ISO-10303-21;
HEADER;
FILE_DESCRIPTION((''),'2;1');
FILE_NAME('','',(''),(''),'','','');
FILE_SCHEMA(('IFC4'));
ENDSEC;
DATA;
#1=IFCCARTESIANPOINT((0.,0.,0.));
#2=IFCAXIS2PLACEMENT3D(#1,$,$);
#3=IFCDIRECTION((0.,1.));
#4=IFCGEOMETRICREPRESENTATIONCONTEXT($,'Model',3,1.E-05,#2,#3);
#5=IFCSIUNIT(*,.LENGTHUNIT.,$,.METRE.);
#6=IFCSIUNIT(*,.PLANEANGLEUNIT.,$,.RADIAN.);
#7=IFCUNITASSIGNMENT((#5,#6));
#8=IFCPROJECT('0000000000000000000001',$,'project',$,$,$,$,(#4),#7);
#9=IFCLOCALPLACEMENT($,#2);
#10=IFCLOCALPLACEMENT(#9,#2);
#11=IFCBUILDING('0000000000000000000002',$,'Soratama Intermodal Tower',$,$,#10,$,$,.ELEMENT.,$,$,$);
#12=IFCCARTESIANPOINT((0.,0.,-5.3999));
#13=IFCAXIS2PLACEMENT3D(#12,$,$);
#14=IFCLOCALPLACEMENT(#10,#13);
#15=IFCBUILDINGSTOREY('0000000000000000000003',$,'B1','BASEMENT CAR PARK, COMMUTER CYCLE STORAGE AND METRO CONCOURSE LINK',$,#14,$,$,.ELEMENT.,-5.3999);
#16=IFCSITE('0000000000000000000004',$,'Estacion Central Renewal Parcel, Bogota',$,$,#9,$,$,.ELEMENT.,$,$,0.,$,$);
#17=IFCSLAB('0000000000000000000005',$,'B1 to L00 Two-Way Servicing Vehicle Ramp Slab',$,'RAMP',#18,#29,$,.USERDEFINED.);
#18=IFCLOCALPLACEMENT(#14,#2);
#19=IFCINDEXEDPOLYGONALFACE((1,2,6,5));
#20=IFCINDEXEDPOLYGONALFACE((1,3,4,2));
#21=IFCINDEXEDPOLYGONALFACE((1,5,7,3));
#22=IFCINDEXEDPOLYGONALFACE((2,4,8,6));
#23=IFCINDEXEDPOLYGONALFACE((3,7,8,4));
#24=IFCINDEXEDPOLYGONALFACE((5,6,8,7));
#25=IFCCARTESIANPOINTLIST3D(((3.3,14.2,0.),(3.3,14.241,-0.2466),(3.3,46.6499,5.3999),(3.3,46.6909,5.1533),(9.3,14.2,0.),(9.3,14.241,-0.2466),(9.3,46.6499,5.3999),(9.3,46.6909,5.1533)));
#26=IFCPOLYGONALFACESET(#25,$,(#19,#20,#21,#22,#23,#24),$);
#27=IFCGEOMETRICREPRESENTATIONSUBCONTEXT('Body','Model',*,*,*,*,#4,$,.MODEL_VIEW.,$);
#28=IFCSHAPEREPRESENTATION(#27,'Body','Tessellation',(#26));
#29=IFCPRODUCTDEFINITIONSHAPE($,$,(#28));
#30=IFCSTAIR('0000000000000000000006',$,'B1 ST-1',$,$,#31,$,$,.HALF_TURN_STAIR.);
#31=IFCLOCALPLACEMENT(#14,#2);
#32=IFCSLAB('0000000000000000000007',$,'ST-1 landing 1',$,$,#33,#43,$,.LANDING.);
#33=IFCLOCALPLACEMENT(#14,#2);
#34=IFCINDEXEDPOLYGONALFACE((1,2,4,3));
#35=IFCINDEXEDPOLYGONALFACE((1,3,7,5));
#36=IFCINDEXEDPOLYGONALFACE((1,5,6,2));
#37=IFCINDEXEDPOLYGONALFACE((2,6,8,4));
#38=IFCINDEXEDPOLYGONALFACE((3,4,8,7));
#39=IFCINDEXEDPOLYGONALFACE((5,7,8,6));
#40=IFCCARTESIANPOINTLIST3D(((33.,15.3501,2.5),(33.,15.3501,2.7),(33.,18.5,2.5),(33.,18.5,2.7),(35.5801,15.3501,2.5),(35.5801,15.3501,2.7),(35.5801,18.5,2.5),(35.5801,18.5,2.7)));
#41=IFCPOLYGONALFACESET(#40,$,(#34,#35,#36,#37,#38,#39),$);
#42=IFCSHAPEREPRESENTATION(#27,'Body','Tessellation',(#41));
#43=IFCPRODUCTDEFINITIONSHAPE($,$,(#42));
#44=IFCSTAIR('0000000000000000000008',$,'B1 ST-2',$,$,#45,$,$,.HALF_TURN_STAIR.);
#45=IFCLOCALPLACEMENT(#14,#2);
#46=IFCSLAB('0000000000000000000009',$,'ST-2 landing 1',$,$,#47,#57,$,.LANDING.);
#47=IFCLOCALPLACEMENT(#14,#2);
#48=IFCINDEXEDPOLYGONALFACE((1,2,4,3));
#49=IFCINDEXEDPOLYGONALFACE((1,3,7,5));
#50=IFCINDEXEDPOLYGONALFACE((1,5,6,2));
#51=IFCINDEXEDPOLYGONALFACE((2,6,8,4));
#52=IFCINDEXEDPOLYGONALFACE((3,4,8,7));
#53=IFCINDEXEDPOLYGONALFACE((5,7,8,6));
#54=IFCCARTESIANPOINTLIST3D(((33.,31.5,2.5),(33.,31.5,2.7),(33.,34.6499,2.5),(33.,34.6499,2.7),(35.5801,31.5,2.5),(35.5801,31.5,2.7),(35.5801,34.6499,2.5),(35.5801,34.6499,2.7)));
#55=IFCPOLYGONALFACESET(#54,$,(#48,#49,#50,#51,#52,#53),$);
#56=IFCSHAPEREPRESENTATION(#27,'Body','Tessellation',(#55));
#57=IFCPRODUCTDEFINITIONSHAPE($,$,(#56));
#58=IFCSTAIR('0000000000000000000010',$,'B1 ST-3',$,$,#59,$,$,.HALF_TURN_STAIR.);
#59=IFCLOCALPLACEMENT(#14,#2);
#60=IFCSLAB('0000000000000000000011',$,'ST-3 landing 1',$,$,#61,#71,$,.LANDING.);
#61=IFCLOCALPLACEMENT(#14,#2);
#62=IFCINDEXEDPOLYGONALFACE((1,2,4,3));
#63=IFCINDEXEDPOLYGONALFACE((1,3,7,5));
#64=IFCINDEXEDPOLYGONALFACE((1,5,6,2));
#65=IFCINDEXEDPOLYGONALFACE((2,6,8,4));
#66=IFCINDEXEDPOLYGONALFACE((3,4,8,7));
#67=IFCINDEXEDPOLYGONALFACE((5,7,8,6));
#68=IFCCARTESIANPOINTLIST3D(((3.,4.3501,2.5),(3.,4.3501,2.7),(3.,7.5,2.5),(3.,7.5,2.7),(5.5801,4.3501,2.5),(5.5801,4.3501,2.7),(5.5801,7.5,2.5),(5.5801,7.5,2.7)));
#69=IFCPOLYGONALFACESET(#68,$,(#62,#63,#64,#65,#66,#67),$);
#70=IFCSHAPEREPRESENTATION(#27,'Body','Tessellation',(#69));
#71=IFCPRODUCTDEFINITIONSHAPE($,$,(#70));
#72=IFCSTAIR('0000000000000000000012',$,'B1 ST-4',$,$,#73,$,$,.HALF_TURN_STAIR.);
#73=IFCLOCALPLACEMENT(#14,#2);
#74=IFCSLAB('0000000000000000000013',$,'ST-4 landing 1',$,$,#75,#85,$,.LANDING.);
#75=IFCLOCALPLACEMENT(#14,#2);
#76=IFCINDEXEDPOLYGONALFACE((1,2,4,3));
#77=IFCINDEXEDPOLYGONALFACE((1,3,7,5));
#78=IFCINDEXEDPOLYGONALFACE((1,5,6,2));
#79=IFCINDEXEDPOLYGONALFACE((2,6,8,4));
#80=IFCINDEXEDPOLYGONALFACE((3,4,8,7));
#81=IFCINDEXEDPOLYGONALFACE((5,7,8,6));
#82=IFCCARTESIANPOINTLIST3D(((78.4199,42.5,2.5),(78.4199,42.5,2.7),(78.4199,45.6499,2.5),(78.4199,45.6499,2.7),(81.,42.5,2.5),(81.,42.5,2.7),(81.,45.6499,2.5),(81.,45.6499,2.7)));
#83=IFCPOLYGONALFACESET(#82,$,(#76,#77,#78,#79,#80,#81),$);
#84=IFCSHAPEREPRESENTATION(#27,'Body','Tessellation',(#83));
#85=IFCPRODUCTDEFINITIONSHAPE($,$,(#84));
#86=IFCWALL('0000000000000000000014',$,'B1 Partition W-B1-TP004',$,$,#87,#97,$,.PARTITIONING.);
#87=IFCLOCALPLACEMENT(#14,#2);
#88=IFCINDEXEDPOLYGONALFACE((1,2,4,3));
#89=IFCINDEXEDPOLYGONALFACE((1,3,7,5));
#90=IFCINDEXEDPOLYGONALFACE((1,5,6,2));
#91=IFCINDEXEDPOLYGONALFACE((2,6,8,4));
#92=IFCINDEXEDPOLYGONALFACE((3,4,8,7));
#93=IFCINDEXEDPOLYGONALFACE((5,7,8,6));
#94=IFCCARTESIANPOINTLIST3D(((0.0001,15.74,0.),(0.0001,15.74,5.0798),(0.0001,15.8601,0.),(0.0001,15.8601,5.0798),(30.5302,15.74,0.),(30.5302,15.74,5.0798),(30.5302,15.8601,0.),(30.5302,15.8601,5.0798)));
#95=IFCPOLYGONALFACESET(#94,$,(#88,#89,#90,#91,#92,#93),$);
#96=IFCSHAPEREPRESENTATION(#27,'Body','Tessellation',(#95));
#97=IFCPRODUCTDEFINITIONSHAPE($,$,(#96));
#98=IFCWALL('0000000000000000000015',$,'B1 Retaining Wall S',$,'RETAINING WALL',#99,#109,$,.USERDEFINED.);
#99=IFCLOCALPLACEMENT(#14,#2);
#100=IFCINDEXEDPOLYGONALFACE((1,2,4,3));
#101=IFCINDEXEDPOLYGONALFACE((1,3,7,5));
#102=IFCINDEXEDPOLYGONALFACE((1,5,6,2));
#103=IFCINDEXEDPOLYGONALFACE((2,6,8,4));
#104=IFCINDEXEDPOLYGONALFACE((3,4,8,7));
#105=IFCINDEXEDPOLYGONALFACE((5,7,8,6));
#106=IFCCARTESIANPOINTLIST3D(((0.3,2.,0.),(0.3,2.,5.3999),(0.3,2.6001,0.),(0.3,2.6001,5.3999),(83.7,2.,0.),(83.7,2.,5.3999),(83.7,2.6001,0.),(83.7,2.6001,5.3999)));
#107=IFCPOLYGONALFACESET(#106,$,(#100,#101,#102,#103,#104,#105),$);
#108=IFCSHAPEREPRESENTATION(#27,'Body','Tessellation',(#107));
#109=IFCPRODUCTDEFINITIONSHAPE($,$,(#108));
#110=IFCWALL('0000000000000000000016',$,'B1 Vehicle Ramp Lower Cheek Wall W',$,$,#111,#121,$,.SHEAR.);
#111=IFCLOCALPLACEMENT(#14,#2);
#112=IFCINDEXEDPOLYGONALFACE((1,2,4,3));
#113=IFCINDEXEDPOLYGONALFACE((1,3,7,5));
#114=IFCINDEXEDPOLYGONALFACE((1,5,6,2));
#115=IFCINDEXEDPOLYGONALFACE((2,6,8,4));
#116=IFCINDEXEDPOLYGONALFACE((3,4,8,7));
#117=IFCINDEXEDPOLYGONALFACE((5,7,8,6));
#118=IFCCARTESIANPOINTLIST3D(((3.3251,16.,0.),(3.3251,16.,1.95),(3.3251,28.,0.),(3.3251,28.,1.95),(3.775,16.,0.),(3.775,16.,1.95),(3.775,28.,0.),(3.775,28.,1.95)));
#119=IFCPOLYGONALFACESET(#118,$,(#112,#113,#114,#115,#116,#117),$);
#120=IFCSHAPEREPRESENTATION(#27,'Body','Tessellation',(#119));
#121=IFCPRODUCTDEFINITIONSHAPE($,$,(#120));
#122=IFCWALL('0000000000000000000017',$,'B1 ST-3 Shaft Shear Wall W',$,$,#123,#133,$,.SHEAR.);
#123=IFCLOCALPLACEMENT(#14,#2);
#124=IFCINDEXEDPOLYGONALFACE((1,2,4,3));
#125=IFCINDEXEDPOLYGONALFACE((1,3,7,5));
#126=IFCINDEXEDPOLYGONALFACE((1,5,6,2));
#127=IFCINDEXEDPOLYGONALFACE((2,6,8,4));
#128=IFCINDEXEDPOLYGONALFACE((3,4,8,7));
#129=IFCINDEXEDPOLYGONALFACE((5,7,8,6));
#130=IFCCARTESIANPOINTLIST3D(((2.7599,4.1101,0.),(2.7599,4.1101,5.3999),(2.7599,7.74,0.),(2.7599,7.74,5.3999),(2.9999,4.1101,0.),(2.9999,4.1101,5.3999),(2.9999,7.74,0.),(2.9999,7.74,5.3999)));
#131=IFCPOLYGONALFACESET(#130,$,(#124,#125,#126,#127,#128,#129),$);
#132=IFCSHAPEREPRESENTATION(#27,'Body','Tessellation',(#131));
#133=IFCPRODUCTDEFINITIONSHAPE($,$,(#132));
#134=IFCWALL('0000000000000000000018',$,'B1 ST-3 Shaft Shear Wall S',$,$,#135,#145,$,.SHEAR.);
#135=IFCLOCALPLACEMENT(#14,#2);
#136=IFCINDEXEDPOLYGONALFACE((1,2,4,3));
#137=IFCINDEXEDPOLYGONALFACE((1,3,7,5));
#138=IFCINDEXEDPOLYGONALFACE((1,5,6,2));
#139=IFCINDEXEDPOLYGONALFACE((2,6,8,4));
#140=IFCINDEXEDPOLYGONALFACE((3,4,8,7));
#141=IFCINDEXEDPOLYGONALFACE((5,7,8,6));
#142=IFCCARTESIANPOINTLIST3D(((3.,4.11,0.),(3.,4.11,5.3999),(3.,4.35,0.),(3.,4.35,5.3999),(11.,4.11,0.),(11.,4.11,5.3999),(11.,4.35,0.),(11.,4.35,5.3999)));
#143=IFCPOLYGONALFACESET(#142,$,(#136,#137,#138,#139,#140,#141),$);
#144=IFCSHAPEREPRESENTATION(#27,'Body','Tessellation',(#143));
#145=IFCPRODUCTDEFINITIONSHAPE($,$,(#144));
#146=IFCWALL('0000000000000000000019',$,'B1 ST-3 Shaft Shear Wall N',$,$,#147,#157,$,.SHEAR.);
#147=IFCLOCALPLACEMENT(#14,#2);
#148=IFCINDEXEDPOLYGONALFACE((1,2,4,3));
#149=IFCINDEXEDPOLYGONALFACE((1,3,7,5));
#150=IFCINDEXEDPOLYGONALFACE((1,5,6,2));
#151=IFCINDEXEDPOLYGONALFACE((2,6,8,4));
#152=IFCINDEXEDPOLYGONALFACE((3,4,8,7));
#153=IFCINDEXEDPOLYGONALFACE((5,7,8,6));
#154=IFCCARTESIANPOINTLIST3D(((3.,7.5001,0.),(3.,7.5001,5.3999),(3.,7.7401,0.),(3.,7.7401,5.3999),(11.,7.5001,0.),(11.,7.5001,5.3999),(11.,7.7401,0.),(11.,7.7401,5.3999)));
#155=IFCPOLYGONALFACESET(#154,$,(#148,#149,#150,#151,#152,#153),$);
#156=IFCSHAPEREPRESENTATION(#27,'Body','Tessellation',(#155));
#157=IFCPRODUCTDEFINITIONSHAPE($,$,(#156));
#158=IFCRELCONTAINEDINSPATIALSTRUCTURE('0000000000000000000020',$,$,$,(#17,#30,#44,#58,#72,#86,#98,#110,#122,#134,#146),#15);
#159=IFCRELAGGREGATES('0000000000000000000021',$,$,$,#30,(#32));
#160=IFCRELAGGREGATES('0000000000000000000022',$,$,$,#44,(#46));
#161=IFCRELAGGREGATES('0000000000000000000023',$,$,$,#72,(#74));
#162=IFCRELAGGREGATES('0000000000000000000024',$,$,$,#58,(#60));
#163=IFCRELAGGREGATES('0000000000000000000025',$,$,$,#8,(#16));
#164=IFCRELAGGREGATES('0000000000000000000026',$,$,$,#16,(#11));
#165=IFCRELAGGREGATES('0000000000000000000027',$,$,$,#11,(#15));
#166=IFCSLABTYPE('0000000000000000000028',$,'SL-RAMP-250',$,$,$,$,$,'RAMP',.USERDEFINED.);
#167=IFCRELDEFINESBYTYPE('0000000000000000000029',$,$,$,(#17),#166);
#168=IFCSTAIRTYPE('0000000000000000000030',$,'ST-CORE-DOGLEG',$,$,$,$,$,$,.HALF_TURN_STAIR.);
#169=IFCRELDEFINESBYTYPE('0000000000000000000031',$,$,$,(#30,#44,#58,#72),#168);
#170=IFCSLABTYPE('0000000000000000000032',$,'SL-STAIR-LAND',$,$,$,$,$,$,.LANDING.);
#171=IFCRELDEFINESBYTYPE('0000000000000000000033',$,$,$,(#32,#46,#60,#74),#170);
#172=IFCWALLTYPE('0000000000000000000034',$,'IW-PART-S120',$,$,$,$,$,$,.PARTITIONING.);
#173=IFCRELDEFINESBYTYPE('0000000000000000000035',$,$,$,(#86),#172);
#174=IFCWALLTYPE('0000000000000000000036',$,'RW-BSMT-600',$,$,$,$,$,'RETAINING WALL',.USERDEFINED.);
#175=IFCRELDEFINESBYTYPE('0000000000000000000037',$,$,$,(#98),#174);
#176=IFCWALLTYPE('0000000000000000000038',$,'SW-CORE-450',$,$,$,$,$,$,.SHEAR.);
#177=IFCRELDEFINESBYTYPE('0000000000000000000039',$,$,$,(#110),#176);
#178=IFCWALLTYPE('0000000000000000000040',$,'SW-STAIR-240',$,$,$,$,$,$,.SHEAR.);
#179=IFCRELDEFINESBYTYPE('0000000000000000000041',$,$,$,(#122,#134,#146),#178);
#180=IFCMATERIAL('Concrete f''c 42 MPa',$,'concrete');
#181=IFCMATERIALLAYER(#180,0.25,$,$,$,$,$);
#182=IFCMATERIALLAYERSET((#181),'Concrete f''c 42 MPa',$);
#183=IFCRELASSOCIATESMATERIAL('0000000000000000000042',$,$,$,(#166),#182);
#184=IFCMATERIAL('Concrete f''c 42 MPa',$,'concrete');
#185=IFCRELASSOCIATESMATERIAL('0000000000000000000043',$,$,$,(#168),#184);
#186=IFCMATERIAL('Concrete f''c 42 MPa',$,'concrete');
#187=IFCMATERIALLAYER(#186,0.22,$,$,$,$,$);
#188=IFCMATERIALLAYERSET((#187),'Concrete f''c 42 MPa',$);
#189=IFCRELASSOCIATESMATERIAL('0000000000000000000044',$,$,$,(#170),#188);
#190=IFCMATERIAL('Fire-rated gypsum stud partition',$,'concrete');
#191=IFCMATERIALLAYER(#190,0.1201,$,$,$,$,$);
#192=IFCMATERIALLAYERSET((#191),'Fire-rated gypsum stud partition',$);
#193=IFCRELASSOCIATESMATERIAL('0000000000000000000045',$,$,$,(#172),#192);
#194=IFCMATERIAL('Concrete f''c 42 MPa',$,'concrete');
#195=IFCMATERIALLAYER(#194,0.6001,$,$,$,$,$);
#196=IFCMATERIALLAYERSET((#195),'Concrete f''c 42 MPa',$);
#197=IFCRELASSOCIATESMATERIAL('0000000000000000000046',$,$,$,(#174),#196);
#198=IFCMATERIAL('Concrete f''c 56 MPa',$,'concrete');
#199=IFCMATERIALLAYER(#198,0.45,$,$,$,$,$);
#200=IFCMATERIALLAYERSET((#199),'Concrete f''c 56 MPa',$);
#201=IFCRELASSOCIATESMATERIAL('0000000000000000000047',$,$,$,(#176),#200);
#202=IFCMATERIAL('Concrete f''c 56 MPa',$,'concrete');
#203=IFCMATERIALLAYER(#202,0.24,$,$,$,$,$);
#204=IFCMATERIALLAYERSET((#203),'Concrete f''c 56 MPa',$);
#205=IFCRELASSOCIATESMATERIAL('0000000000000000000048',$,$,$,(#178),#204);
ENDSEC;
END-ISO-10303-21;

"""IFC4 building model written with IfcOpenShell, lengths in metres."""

from ifc_helpers import new_model, si_unit, direction, frame, frame_2d, origin, place, context, subcontext, project, spatial, polyline, rectangle, outline, extrude, material, layer, layer_set, type_object, element, aggregate, save


model = new_model("IFC4")

# Units and contexts
model_context = context("Model", 3, precision=1e-05, world=origin(), true_north=direction((0.0, 1.0)))
body_context = subcontext(model_context, "Body", "Model", "MODEL_VIEW")
ifc_project = project(units=[si_unit("LENGTHUNIT", "METRE"), si_unit("PLANEANGLEUNIT", "RADIAN")], contexts=[model_context])

# Site, building, storey
site_placement = place(None, origin())
site = spatial("IfcSite", under=ifc_project, at=site_placement, Name="Estacion Central Renewal Parcel, Bogota", CompositionType="ELEMENT", RefElevation=0.0)
building_placement = place(site_placement, origin())
building = spatial("IfcBuilding", under=site, at=building_placement, Name="Soratama Intermodal Tower", CompositionType="ELEMENT")
storey_placement = place(building_placement, frame((0.0, 0.0, -5.3999)))
storey = spatial("IfcBuildingStorey", under=building, at=storey_placement, Name="B1", Description="BASEMENT CAR PARK, COMMUTER CYCLE STORAGE AND METRO CONCOURSE LINK", CompositionType="ELEMENT", Elevation=-5.3999)

# Slab
ifc_material_1 = material(Name="Concrete f'c 42 MPa", Category="concrete")
ifc_layer_1 = layer(ifc_material_1, 0.25)
ifc_layer_set_1 = layer_set([ifc_layer_1], Name="Concrete f'c 42 MPa")
slab_type_1 = type_object("IfcSlabType", Name="SL-RAMP-250", ElementType="RAMP", PredefinedType="USERDEFINED", material=ifc_layer_set_1)
slab_1_placement = place(storey_placement, frame((3.3, 14.2, 0.0), z_axis=(0.0, -0.16415, 0.986435), x_axis=(1.0, 0.0, 0.0)))
element("IfcSlab", 1, at=slab_1_placement, inside=storey, type_object=slab_type_1, Name="B1 to L00 Two-Way Servicing Vehicle Ramp Slab", ObjectType="RAMP", PredefinedType="USERDEFINED", context=body_context, shape_type="SweptSolid", body=[
    extrude(outline(polyline([(0.0, 0.0), (6.0, 0.0), (6.0, 32.8962), (0.0, 32.8962), (0.0, 0.0)])), origin(), (0.0, 0.0, -1.0), 0.25),
])

# Stairs, slabs
ifc_material_2 = material(Name="Concrete f'c 42 MPa", Category="concrete")
stair_type = type_object("IfcStairType", Name="ST-CORE-DOGLEG", PredefinedType="HALF_TURN_STAIR", material=ifc_material_2)
stair_1_placement = place(storey_placement, origin())
stair_1 = element("IfcStair", 2, at=stair_1_placement, inside=storey, type_object=stair_type, Name="B1 ST-1", PredefinedType="HALF_TURN_STAIR")
ifc_material_3 = material(Name="Concrete f'c 42 MPa", Category="concrete")
ifc_layer_2 = layer(ifc_material_3, 0.22)
ifc_layer_set_2 = layer_set([ifc_layer_2], Name="Concrete f'c 42 MPa")
slab_type_2 = type_object("IfcSlabType", Name="SL-STAIR-LAND", PredefinedType="LANDING", material=ifc_layer_set_2)
slab_2_placement = place(storey_placement, frame((0.0, 0.0, 2.5)))
slab_2 = element("IfcSlab", 3, at=slab_2_placement, type_object=slab_type_2, Name="ST-1 landing 1", PredefinedType="LANDING", context=body_context, shape_type="SweptSolid", body=[
    extrude(outline(polyline([(35.5801, 18.5), (33.0, 18.5), (33.0, 15.3501), (35.5801, 15.3501), (35.5801, 18.5)])), origin(), (0.0, 0.0, 1.0), 0.2),
])
aggregate(stair_1, [slab_2])
stair_2_placement = place(storey_placement, origin())
stair_2 = element("IfcStair", 4, at=stair_2_placement, inside=storey, type_object=stair_type, Name="B1 ST-2", PredefinedType="HALF_TURN_STAIR")
slab_3_placement = place(storey_placement, frame((0.0, 0.0, 2.5)))
slab_3 = element("IfcSlab", 5, at=slab_3_placement, type_object=slab_type_2, Name="ST-2 landing 1", PredefinedType="LANDING", context=body_context, shape_type="SweptSolid", body=[
    extrude(outline(polyline([(35.5801, 34.6499), (33.0, 34.6499), (33.0, 31.5), (35.5801, 31.5), (35.5801, 34.6499)])), origin(), (0.0, 0.0, 1.0), 0.2),
])
aggregate(stair_2, [slab_3])
stair_3_placement = place(storey_placement, origin())
stair_3 = element("IfcStair", 6, at=stair_3_placement, inside=storey, type_object=stair_type, Name="B1 ST-3", PredefinedType="HALF_TURN_STAIR")
slab_4_placement = place(storey_placement, frame((0.0, 0.0, 2.5)))
slab_4 = element("IfcSlab", 7, at=slab_4_placement, type_object=slab_type_2, Name="ST-3 landing 1", PredefinedType="LANDING", context=body_context, shape_type="SweptSolid", body=[
    extrude(outline(polyline([(5.5801, 7.5), (3.0, 7.5), (3.0, 4.3501), (5.5801, 4.3501), (5.5801, 7.5)])), origin(), (0.0, 0.0, 1.0), 0.2),
])
stair_4_placement = place(storey_placement, origin())
stair_4 = element("IfcStair", 8, at=stair_4_placement, inside=storey, type_object=stair_type, Name="B1 ST-4", PredefinedType="HALF_TURN_STAIR")
slab_5_placement = place(storey_placement, frame((0.0, 0.0, 2.5)))
slab_5 = element("IfcSlab", 9, at=slab_5_placement, type_object=slab_type_2, Name="ST-4 landing 1", PredefinedType="LANDING", context=body_context, shape_type="SweptSolid", body=[
    extrude(outline(polyline([(78.4199, 42.5), (81.0, 42.5), (81.0, 45.6499), (78.4199, 45.6499), (78.4199, 42.5)])), origin(), (0.0, 0.0, 1.0), 0.2),
])
aggregate(stair_4, [slab_5])

# Walls
ifc_material_4 = material(Name="Fire-rated gypsum stud partition", Category="concrete")
ifc_layer_3 = layer(ifc_material_4, 0.1201)
ifc_layer_set_3 = layer_set([ifc_layer_3], Name="Fire-rated gypsum stud partition")
wall_type_1 = type_object("IfcWallType", Name="IW-PART-S120", PredefinedType="PARTITIONING", material=ifc_layer_set_3)
wall_1_placement = place(storey_placement, frame((0.0, 15.8, 0.0), z_axis=(0.0, 0.0, 1.0), x_axis=(1.0, 0.0, 0.0)))
element("IfcWall", 10, at=wall_1_placement, inside=storey, type_object=wall_type_1, Name="B1 Partition W-B1-TP004", PredefinedType="PARTITIONING", context=body_context, shape_type="SweptSolid", body=[
    extrude(rectangle(XDim=30.53, YDim=0.1201, at=frame_2d((15.2651, 0.0))), origin(), (0.0, 0.0, 1.0), 5.0798),
])
ifc_material_5 = material(Name="Concrete f'c 42 MPa", Category="concrete")
ifc_layer_4 = layer(ifc_material_5, 0.6001)
ifc_layer_set_4 = layer_set([ifc_layer_4], Name="Concrete f'c 42 MPa")
wall_type_2 = type_object("IfcWallType", Name="RW-BSMT-600", ElementType="RETAINING WALL", PredefinedType="USERDEFINED", material=ifc_layer_set_4)
wall_2_placement = place(storey_placement, frame((0.3, 2.3, 0.0), z_axis=(0.0, 0.0, 1.0), x_axis=(1.0, 0.0, 0.0)))
element("IfcWall", 11, at=wall_2_placement, inside=storey, type_object=wall_type_2, Name="B1 Retaining Wall S", ObjectType="RETAINING WALL", PredefinedType="USERDEFINED", context=body_context, shape_type="SweptSolid", body=[
    extrude(rectangle(XDim=83.3999, YDim=0.6001, at=frame_2d((41.7, 0.0))), origin(), (0.0, 0.0, 1.0), 5.3999),
])
ifc_material_6 = material(Name="Concrete f'c 56 MPa", Category="concrete")
ifc_layer_5 = layer(ifc_material_6, 0.45)
ifc_layer_set_5 = layer_set([ifc_layer_5], Name="Concrete f'c 56 MPa")
wall_type_3 = type_object("IfcWallType", Name="SW-CORE-450", PredefinedType="SHEAR", material=ifc_layer_set_5)
wall_3_placement = place(storey_placement, frame((3.55, 16.0, 0.0), z_axis=(0.0, 0.0, 1.0), x_axis=(0.0, 1.0, 0.0)))
element("IfcWall", 12, at=wall_3_placement, inside=storey, type_object=wall_type_3, Name="B1 Vehicle Ramp Lower Cheek Wall W", PredefinedType="SHEAR", context=body_context, shape_type="SweptSolid", body=[
    extrude(rectangle(XDim=12.0, YDim=0.45, at=frame_2d((6.0, 0.0))), origin(), (0.0, 0.0, 1.0), 1.95),
])
ifc_material_7 = material(Name="Concrete f'c 56 MPa", Category="concrete")
ifc_layer_6 = layer(ifc_material_7, 0.24)
ifc_layer_set_6 = layer_set([ifc_layer_6], Name="Concrete f'c 56 MPa")
wall_type_4 = type_object("IfcWallType", Name="SW-STAIR-240", PredefinedType="SHEAR", material=ifc_layer_set_6)
wall_4_placement = place(storey_placement, frame((2.8799, 4.1101, 0.0), z_axis=(0.0, 0.0, 1.0), x_axis=(0.0, 1.0, 0.0)))
element("IfcWall", 13, at=wall_4_placement, inside=storey, type_object=wall_type_4, Name="B1 ST-3 Shaft Shear Wall W", PredefinedType="SHEAR", context=body_context, shape_type="SweptSolid", body=[
    extrude(rectangle(XDim=3.6299, YDim=0.24, at=frame_2d((1.8149, 0.0))), origin(), (0.0, 0.0, 1.0), 5.3999),
])
for number, where, z_axis, x_axis, name in (
    (14, (3.0, 4.23, 0.0), (0.0, 0.0, 1.0), (1.0, 0.0, 0.0), "B1 ST-3 Shaft Shear Wall S"),
    (15, (3.0, 7.6201, 0.0), (0.0, 0.0, 1.0), (1.0, 0.0, 0.0), "B1 ST-3 Shaft Shear Wall N"),
):
    element("IfcWall", number, at=place(storey_placement, frame(where, z_axis=z_axis, x_axis=x_axis)), inside=storey, type_object=wall_type_4, Name=name, PredefinedType="SHEAR", context=body_context, shape_type="SweptSolid", body=[
        extrude(rectangle(XDim=8.0, YDim=0.24, at=frame_2d((4.0, 0.0))), origin(), (0.0, 0.0, 1.0), 5.3999),
    ])

aggregate(stair_3, [slab_4])

save(model, "model.ifc")
